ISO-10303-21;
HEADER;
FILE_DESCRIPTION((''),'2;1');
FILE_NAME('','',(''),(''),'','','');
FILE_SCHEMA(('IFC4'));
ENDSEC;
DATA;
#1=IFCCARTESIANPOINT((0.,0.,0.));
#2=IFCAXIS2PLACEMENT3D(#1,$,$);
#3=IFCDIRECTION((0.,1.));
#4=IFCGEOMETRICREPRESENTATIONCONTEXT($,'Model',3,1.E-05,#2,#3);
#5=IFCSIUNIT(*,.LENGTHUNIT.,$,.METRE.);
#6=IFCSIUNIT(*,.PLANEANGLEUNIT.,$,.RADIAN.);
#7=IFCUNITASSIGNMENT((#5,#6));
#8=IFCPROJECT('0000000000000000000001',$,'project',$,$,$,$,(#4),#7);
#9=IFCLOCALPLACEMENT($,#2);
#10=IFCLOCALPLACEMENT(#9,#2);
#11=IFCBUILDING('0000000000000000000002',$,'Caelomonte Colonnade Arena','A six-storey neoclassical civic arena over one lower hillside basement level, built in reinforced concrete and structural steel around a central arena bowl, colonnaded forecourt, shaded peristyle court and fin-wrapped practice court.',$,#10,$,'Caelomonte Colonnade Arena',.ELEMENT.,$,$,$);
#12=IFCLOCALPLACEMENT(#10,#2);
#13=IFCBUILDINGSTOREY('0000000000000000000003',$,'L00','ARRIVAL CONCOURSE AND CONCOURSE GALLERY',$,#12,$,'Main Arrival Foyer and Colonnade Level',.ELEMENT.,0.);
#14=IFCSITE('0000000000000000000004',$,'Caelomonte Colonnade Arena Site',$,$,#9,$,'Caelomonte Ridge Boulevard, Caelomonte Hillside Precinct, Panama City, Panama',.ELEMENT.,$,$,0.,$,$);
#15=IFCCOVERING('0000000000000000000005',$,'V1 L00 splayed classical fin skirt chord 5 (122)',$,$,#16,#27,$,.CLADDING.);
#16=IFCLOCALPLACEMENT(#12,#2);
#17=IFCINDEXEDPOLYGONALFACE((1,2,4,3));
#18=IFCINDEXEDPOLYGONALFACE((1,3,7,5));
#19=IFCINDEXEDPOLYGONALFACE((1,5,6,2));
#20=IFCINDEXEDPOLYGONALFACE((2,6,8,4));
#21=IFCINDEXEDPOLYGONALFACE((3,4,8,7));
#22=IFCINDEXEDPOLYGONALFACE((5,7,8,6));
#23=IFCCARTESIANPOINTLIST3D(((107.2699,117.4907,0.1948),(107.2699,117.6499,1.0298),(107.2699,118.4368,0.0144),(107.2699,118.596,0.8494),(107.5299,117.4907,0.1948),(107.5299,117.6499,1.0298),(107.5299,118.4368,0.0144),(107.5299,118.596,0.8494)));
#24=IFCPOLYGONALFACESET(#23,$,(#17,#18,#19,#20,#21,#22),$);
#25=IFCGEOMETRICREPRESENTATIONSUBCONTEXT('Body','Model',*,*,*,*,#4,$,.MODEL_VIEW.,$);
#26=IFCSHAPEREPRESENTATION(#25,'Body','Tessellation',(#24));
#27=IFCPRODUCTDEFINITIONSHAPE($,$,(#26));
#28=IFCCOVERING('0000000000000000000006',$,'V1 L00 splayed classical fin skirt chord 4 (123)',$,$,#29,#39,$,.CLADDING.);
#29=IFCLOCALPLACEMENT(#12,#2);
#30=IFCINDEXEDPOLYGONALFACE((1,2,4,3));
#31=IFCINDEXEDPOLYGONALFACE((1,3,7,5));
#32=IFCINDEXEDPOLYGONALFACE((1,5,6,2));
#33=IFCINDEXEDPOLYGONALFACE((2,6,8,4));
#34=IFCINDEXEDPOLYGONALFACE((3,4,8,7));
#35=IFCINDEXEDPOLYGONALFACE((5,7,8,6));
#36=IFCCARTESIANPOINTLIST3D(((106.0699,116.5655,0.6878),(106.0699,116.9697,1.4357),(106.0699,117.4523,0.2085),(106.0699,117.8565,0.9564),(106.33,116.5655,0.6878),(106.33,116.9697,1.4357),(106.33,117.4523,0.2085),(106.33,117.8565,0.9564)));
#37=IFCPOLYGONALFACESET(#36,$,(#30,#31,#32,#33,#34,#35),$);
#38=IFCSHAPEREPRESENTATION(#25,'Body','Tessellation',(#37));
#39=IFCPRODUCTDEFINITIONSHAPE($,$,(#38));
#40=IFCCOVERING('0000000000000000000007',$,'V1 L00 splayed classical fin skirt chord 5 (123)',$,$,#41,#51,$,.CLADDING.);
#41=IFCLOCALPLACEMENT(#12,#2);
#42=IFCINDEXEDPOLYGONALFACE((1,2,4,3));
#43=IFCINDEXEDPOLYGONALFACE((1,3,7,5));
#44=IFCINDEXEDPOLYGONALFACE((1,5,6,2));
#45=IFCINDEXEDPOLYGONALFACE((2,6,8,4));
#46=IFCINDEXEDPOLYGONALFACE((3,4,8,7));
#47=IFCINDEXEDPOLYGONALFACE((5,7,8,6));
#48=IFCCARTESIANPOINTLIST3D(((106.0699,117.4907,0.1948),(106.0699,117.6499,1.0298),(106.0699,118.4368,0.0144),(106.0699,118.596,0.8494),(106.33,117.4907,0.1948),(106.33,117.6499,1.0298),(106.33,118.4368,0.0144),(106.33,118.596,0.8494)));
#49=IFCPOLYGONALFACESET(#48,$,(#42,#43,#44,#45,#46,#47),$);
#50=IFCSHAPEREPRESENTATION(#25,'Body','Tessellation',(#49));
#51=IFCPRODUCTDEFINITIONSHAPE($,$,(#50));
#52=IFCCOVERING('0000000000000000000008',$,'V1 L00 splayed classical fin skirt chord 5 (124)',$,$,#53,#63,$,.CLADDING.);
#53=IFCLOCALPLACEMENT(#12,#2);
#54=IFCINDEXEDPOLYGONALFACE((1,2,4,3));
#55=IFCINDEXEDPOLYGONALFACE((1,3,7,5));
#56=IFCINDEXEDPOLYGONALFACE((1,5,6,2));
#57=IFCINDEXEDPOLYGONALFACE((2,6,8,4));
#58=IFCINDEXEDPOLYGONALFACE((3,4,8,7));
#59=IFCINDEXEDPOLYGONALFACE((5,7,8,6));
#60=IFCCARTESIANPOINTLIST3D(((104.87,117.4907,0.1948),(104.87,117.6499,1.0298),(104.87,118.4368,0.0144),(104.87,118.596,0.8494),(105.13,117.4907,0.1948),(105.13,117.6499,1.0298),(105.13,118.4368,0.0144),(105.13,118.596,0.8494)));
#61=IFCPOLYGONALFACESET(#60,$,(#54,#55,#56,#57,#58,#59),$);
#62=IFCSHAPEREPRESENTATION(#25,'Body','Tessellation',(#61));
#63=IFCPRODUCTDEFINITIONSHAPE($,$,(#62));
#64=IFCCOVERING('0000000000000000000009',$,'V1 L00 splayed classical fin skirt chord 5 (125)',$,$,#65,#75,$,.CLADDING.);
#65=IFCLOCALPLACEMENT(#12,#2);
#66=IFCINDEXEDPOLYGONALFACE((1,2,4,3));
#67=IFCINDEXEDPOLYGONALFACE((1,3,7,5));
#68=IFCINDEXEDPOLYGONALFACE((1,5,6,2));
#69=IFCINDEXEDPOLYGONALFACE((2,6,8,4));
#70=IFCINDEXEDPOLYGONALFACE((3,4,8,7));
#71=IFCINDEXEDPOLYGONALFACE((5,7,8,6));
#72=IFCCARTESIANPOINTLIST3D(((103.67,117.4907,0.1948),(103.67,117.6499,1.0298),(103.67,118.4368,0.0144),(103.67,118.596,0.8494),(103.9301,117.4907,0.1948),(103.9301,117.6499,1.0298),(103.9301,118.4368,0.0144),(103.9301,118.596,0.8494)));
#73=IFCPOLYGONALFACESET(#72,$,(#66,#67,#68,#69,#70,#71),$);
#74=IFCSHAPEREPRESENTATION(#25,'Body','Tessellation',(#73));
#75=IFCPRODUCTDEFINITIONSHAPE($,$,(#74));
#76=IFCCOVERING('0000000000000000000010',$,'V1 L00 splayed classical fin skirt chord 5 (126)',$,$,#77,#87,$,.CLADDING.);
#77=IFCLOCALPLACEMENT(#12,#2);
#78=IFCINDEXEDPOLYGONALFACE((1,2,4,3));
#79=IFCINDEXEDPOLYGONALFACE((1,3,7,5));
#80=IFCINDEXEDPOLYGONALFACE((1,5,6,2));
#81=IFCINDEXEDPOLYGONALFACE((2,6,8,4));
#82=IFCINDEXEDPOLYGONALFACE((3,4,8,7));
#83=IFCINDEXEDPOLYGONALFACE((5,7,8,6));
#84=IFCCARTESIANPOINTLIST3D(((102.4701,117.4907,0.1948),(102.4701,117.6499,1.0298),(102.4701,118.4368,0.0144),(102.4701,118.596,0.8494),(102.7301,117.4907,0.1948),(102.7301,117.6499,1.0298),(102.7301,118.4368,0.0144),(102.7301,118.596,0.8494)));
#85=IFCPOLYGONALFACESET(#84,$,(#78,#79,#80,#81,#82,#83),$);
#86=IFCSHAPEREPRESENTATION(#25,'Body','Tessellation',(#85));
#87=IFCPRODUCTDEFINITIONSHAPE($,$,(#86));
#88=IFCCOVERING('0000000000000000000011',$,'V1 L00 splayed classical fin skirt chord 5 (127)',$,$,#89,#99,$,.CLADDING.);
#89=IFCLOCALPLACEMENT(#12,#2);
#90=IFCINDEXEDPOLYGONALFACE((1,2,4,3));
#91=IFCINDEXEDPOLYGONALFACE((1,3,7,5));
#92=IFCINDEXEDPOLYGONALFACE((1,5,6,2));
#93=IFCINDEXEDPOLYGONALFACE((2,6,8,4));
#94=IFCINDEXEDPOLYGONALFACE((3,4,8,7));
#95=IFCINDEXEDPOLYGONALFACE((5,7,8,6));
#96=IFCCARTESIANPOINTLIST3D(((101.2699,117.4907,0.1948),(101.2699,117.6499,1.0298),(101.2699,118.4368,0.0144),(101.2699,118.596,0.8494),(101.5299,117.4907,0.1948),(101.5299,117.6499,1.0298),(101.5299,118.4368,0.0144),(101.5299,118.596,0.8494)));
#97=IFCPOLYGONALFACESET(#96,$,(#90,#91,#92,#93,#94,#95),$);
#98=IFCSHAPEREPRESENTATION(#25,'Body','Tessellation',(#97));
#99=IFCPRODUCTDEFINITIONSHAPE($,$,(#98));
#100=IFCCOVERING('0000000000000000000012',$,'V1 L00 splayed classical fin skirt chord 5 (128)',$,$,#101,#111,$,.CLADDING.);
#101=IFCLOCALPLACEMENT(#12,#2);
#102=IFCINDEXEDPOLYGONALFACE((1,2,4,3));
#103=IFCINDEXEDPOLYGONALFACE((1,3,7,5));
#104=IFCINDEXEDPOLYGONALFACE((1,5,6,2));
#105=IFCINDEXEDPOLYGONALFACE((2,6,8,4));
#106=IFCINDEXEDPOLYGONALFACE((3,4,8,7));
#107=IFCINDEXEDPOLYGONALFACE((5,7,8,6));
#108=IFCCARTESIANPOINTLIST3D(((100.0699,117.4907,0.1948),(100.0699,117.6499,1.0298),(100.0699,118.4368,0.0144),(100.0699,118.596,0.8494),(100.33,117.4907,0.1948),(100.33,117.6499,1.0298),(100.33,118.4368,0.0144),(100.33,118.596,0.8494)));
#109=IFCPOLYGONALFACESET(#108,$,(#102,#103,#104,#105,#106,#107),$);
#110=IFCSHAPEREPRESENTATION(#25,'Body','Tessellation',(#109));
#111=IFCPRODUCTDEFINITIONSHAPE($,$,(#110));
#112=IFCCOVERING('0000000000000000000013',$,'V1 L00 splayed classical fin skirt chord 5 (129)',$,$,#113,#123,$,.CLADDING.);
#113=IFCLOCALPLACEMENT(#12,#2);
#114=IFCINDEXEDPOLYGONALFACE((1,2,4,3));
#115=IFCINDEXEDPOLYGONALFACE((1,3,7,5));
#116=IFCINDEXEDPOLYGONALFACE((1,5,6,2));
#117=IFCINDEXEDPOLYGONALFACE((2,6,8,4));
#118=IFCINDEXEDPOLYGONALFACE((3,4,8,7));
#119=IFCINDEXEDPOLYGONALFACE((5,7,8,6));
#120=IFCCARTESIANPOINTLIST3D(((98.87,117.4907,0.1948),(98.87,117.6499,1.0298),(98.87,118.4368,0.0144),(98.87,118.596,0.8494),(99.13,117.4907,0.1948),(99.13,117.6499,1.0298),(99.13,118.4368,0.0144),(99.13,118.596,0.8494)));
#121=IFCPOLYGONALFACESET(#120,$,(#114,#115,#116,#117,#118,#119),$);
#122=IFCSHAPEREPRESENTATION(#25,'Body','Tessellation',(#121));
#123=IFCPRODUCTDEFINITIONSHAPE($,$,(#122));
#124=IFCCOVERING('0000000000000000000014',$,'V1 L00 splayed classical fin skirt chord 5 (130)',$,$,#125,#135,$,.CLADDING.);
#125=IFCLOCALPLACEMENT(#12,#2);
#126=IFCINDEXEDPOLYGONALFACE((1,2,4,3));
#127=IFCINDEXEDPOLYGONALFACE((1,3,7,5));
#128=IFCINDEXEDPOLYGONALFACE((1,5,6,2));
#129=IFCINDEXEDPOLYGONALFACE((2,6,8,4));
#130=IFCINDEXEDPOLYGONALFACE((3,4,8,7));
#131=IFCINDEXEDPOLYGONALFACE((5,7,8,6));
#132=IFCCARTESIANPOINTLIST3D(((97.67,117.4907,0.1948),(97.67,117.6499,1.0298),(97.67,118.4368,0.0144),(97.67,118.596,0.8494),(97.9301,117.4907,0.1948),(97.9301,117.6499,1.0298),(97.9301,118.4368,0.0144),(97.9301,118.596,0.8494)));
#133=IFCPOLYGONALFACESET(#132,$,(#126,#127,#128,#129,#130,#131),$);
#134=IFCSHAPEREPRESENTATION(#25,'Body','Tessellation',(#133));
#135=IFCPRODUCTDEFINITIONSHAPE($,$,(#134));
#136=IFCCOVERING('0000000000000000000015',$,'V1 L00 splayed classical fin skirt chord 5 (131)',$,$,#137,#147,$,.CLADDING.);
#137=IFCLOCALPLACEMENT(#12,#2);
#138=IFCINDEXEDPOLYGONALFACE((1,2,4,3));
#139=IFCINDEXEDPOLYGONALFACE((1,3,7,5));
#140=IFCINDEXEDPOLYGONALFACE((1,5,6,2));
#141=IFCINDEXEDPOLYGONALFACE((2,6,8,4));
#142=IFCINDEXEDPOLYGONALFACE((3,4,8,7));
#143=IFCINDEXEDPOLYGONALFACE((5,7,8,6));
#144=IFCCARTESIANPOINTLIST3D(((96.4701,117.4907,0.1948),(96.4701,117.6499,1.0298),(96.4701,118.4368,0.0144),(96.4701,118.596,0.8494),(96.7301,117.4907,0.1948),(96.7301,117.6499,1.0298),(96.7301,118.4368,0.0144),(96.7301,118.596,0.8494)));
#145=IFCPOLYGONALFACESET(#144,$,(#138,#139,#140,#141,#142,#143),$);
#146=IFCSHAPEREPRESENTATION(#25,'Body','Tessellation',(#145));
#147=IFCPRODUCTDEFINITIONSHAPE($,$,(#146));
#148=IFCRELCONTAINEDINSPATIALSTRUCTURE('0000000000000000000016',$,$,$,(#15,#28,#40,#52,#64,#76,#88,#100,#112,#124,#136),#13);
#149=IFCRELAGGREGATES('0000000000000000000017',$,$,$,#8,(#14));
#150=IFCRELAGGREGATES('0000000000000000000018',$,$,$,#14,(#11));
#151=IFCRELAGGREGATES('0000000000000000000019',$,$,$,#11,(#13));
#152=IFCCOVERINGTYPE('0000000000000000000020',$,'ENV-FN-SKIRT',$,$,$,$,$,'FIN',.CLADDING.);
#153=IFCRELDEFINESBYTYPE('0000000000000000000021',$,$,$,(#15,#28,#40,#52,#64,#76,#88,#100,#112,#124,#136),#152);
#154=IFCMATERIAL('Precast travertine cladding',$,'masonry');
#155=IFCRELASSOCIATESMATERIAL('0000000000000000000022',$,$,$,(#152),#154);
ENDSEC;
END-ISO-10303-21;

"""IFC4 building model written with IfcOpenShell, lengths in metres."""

from ifc_helpers import new_model, si_unit, direction, frame, origin, origin_2d, place, context, subcontext, project, spatial, rectangle, extrude, material, material_profile, profile_set, type_object, element, save


model = new_model("IFC4")

# Units and contexts
model_context = context("Model", 3, precision=1e-05, world=origin(), true_north=direction((0.0, 1.0)))
body_context = subcontext(model_context, "Body", "Model", "MODEL_VIEW")
ifc_project = project(units=[si_unit("LENGTHUNIT", "METRE"), si_unit("PLANEANGLEUNIT", "RADIAN")], contexts=[model_context])

# Site, building, storey
site_placement = place(None, origin())
site = spatial("IfcSite", under=ifc_project, at=site_placement, Name="Caelomonte Colonnade Arena Site", LongName="Caelomonte Ridge Boulevard, Caelomonte Hillside Precinct, Panama City, Panama", CompositionType="ELEMENT", RefElevation=0.0)
building_placement = place(site_placement, origin())
building = spatial("IfcBuilding", under=site, at=building_placement, Name="Caelomonte Colonnade Arena", Description="A six-storey neoclassical civic arena over one lower hillside basement level, built in reinforced concrete and structural steel around a central arena bowl, colonnaded forecourt, shaded peristyle court and fin-wrapped practice court.", LongName="Caelomonte Colonnade Arena", CompositionType="ELEMENT")
storey_placement = place(building_placement, origin())
storey = spatial("IfcBuildingStorey", under=building, at=storey_placement, Name="L00", Description="ARRIVAL CONCOURSE AND CONCOURSE GALLERY", LongName="Main Arrival Foyer and Colonnade Level", CompositionType="ELEMENT", Elevation=0.0)

# Coverings
ifc_material_1 = material(Name="Precast travertine cladding", Category="masonry")
ifc_material_profile_1 = material_profile(ifc_material_1, rectangle(XDim=0.26, YDim=0.8501, at=origin_2d()), Name="FIN260X850")
ifc_profile_set_1 = profile_set([ifc_material_profile_1], Name="Precast travertine cladding")
covering_type = type_object("IfcCoveringType", Name="ENV-FN-SKIRT", ElementType="FIN", PredefinedType="CLADDING", material=ifc_profile_set_1)
covering_1_placement = place(storey_placement, frame((107.3999, 117.5703, 0.6123), z_axis=(0.0, 0.982296, -0.187333), x_axis=(-1.0, 0.0, 0.0)))
element("IfcCovering", 1, at=covering_1_placement, inside=storey, type_object=covering_type, Name="V1 L00 splayed classical fin skirt chord 5 (122)", PredefinedType="CLADDING", context=body_context, shape_type="SweptSolid", body=[
    extrude(rectangle(XDim=0.26, YDim=0.8501, at=origin_2d()), origin(), (0.0, 0.0, 1.0), 0.9631),
])
covering_2_placement = place(storey_placement, frame((106.2, 116.7676, 1.0618), z_axis=(0.0, 0.879731, -0.475471), x_axis=(-1.0, 0.0, 0.0)))
element("IfcCovering", 2, at=covering_2_placement, inside=storey, type_object=covering_type, Name="V1 L00 splayed classical fin skirt chord 4 (123)", PredefinedType="CLADDING", context=body_context, shape_type="SweptSolid", body=[
    extrude(rectangle(XDim=0.26, YDim=0.8501, at=origin_2d()), origin(), (0.0, 0.0, 1.0), 1.0081),
])
for number, where, z_axis, x_axis, name in (
    (3, (106.2, 117.5703, 0.6123), (0.0, 0.982296, -0.187333), (-1.0, 0.0, 0.0), "V1 L00 splayed classical fin skirt chord 5 (123)"),
    (4, (105.0, 117.5703, 0.6123), (0.0, 0.982296, -0.187333), (-1.0, 0.0, 0.0), "V1 L00 splayed classical fin skirt chord 5 (124)"),
    (5, (103.8, 117.5703, 0.6123), (0.0, 0.982296, -0.187333), (-1.0, 0.0, 0.0), "V1 L00 splayed classical fin skirt chord 5 (125)"),
    (6, (102.6001, 117.5703, 0.6123), (0.0, 0.982296, -0.187333), (-1.0, 0.0, 0.0), "V1 L00 splayed classical fin skirt chord 5 (126)"),
    (7, (101.3999, 117.5703, 0.6123), (0.0, 0.982296, -0.187333), (-1.0, 0.0, 0.0), "V1 L00 splayed classical fin skirt chord 5 (127)"),
    (8, (100.2, 117.5703, 0.6123), (0.0, 0.982296, -0.187333), (-1.0, 0.0, 0.0), "V1 L00 splayed classical fin skirt chord 5 (128)"),
    (9, (99.0, 117.5703, 0.6123), (0.0, 0.982296, -0.187333), (-1.0, 0.0, 0.0), "V1 L00 splayed classical fin skirt chord 5 (129)"),
    (10, (97.8, 117.5703, 0.6123), (0.0, 0.982296, -0.187333), (-1.0, 0.0, 0.0), "V1 L00 splayed classical fin skirt chord 5 (130)"),
    (11, (96.6001, 117.5703, 0.6123), (0.0, 0.982296, -0.187333), (-1.0, 0.0, 0.0), "V1 L00 splayed classical fin skirt chord 5 (131)"),
):
    element("IfcCovering", number, at=place(storey_placement, frame(where, z_axis=z_axis, x_axis=x_axis)), inside=storey, type_object=covering_type, Name=name, PredefinedType="CLADDING", context=body_context, shape_type="SweptSolid", body=[
        extrude(rectangle(XDim=0.26, YDim=0.8501, at=origin_2d()), origin(), (0.0, 0.0, 1.0), 0.9631),
    ])

save(model, "model.ifc")
